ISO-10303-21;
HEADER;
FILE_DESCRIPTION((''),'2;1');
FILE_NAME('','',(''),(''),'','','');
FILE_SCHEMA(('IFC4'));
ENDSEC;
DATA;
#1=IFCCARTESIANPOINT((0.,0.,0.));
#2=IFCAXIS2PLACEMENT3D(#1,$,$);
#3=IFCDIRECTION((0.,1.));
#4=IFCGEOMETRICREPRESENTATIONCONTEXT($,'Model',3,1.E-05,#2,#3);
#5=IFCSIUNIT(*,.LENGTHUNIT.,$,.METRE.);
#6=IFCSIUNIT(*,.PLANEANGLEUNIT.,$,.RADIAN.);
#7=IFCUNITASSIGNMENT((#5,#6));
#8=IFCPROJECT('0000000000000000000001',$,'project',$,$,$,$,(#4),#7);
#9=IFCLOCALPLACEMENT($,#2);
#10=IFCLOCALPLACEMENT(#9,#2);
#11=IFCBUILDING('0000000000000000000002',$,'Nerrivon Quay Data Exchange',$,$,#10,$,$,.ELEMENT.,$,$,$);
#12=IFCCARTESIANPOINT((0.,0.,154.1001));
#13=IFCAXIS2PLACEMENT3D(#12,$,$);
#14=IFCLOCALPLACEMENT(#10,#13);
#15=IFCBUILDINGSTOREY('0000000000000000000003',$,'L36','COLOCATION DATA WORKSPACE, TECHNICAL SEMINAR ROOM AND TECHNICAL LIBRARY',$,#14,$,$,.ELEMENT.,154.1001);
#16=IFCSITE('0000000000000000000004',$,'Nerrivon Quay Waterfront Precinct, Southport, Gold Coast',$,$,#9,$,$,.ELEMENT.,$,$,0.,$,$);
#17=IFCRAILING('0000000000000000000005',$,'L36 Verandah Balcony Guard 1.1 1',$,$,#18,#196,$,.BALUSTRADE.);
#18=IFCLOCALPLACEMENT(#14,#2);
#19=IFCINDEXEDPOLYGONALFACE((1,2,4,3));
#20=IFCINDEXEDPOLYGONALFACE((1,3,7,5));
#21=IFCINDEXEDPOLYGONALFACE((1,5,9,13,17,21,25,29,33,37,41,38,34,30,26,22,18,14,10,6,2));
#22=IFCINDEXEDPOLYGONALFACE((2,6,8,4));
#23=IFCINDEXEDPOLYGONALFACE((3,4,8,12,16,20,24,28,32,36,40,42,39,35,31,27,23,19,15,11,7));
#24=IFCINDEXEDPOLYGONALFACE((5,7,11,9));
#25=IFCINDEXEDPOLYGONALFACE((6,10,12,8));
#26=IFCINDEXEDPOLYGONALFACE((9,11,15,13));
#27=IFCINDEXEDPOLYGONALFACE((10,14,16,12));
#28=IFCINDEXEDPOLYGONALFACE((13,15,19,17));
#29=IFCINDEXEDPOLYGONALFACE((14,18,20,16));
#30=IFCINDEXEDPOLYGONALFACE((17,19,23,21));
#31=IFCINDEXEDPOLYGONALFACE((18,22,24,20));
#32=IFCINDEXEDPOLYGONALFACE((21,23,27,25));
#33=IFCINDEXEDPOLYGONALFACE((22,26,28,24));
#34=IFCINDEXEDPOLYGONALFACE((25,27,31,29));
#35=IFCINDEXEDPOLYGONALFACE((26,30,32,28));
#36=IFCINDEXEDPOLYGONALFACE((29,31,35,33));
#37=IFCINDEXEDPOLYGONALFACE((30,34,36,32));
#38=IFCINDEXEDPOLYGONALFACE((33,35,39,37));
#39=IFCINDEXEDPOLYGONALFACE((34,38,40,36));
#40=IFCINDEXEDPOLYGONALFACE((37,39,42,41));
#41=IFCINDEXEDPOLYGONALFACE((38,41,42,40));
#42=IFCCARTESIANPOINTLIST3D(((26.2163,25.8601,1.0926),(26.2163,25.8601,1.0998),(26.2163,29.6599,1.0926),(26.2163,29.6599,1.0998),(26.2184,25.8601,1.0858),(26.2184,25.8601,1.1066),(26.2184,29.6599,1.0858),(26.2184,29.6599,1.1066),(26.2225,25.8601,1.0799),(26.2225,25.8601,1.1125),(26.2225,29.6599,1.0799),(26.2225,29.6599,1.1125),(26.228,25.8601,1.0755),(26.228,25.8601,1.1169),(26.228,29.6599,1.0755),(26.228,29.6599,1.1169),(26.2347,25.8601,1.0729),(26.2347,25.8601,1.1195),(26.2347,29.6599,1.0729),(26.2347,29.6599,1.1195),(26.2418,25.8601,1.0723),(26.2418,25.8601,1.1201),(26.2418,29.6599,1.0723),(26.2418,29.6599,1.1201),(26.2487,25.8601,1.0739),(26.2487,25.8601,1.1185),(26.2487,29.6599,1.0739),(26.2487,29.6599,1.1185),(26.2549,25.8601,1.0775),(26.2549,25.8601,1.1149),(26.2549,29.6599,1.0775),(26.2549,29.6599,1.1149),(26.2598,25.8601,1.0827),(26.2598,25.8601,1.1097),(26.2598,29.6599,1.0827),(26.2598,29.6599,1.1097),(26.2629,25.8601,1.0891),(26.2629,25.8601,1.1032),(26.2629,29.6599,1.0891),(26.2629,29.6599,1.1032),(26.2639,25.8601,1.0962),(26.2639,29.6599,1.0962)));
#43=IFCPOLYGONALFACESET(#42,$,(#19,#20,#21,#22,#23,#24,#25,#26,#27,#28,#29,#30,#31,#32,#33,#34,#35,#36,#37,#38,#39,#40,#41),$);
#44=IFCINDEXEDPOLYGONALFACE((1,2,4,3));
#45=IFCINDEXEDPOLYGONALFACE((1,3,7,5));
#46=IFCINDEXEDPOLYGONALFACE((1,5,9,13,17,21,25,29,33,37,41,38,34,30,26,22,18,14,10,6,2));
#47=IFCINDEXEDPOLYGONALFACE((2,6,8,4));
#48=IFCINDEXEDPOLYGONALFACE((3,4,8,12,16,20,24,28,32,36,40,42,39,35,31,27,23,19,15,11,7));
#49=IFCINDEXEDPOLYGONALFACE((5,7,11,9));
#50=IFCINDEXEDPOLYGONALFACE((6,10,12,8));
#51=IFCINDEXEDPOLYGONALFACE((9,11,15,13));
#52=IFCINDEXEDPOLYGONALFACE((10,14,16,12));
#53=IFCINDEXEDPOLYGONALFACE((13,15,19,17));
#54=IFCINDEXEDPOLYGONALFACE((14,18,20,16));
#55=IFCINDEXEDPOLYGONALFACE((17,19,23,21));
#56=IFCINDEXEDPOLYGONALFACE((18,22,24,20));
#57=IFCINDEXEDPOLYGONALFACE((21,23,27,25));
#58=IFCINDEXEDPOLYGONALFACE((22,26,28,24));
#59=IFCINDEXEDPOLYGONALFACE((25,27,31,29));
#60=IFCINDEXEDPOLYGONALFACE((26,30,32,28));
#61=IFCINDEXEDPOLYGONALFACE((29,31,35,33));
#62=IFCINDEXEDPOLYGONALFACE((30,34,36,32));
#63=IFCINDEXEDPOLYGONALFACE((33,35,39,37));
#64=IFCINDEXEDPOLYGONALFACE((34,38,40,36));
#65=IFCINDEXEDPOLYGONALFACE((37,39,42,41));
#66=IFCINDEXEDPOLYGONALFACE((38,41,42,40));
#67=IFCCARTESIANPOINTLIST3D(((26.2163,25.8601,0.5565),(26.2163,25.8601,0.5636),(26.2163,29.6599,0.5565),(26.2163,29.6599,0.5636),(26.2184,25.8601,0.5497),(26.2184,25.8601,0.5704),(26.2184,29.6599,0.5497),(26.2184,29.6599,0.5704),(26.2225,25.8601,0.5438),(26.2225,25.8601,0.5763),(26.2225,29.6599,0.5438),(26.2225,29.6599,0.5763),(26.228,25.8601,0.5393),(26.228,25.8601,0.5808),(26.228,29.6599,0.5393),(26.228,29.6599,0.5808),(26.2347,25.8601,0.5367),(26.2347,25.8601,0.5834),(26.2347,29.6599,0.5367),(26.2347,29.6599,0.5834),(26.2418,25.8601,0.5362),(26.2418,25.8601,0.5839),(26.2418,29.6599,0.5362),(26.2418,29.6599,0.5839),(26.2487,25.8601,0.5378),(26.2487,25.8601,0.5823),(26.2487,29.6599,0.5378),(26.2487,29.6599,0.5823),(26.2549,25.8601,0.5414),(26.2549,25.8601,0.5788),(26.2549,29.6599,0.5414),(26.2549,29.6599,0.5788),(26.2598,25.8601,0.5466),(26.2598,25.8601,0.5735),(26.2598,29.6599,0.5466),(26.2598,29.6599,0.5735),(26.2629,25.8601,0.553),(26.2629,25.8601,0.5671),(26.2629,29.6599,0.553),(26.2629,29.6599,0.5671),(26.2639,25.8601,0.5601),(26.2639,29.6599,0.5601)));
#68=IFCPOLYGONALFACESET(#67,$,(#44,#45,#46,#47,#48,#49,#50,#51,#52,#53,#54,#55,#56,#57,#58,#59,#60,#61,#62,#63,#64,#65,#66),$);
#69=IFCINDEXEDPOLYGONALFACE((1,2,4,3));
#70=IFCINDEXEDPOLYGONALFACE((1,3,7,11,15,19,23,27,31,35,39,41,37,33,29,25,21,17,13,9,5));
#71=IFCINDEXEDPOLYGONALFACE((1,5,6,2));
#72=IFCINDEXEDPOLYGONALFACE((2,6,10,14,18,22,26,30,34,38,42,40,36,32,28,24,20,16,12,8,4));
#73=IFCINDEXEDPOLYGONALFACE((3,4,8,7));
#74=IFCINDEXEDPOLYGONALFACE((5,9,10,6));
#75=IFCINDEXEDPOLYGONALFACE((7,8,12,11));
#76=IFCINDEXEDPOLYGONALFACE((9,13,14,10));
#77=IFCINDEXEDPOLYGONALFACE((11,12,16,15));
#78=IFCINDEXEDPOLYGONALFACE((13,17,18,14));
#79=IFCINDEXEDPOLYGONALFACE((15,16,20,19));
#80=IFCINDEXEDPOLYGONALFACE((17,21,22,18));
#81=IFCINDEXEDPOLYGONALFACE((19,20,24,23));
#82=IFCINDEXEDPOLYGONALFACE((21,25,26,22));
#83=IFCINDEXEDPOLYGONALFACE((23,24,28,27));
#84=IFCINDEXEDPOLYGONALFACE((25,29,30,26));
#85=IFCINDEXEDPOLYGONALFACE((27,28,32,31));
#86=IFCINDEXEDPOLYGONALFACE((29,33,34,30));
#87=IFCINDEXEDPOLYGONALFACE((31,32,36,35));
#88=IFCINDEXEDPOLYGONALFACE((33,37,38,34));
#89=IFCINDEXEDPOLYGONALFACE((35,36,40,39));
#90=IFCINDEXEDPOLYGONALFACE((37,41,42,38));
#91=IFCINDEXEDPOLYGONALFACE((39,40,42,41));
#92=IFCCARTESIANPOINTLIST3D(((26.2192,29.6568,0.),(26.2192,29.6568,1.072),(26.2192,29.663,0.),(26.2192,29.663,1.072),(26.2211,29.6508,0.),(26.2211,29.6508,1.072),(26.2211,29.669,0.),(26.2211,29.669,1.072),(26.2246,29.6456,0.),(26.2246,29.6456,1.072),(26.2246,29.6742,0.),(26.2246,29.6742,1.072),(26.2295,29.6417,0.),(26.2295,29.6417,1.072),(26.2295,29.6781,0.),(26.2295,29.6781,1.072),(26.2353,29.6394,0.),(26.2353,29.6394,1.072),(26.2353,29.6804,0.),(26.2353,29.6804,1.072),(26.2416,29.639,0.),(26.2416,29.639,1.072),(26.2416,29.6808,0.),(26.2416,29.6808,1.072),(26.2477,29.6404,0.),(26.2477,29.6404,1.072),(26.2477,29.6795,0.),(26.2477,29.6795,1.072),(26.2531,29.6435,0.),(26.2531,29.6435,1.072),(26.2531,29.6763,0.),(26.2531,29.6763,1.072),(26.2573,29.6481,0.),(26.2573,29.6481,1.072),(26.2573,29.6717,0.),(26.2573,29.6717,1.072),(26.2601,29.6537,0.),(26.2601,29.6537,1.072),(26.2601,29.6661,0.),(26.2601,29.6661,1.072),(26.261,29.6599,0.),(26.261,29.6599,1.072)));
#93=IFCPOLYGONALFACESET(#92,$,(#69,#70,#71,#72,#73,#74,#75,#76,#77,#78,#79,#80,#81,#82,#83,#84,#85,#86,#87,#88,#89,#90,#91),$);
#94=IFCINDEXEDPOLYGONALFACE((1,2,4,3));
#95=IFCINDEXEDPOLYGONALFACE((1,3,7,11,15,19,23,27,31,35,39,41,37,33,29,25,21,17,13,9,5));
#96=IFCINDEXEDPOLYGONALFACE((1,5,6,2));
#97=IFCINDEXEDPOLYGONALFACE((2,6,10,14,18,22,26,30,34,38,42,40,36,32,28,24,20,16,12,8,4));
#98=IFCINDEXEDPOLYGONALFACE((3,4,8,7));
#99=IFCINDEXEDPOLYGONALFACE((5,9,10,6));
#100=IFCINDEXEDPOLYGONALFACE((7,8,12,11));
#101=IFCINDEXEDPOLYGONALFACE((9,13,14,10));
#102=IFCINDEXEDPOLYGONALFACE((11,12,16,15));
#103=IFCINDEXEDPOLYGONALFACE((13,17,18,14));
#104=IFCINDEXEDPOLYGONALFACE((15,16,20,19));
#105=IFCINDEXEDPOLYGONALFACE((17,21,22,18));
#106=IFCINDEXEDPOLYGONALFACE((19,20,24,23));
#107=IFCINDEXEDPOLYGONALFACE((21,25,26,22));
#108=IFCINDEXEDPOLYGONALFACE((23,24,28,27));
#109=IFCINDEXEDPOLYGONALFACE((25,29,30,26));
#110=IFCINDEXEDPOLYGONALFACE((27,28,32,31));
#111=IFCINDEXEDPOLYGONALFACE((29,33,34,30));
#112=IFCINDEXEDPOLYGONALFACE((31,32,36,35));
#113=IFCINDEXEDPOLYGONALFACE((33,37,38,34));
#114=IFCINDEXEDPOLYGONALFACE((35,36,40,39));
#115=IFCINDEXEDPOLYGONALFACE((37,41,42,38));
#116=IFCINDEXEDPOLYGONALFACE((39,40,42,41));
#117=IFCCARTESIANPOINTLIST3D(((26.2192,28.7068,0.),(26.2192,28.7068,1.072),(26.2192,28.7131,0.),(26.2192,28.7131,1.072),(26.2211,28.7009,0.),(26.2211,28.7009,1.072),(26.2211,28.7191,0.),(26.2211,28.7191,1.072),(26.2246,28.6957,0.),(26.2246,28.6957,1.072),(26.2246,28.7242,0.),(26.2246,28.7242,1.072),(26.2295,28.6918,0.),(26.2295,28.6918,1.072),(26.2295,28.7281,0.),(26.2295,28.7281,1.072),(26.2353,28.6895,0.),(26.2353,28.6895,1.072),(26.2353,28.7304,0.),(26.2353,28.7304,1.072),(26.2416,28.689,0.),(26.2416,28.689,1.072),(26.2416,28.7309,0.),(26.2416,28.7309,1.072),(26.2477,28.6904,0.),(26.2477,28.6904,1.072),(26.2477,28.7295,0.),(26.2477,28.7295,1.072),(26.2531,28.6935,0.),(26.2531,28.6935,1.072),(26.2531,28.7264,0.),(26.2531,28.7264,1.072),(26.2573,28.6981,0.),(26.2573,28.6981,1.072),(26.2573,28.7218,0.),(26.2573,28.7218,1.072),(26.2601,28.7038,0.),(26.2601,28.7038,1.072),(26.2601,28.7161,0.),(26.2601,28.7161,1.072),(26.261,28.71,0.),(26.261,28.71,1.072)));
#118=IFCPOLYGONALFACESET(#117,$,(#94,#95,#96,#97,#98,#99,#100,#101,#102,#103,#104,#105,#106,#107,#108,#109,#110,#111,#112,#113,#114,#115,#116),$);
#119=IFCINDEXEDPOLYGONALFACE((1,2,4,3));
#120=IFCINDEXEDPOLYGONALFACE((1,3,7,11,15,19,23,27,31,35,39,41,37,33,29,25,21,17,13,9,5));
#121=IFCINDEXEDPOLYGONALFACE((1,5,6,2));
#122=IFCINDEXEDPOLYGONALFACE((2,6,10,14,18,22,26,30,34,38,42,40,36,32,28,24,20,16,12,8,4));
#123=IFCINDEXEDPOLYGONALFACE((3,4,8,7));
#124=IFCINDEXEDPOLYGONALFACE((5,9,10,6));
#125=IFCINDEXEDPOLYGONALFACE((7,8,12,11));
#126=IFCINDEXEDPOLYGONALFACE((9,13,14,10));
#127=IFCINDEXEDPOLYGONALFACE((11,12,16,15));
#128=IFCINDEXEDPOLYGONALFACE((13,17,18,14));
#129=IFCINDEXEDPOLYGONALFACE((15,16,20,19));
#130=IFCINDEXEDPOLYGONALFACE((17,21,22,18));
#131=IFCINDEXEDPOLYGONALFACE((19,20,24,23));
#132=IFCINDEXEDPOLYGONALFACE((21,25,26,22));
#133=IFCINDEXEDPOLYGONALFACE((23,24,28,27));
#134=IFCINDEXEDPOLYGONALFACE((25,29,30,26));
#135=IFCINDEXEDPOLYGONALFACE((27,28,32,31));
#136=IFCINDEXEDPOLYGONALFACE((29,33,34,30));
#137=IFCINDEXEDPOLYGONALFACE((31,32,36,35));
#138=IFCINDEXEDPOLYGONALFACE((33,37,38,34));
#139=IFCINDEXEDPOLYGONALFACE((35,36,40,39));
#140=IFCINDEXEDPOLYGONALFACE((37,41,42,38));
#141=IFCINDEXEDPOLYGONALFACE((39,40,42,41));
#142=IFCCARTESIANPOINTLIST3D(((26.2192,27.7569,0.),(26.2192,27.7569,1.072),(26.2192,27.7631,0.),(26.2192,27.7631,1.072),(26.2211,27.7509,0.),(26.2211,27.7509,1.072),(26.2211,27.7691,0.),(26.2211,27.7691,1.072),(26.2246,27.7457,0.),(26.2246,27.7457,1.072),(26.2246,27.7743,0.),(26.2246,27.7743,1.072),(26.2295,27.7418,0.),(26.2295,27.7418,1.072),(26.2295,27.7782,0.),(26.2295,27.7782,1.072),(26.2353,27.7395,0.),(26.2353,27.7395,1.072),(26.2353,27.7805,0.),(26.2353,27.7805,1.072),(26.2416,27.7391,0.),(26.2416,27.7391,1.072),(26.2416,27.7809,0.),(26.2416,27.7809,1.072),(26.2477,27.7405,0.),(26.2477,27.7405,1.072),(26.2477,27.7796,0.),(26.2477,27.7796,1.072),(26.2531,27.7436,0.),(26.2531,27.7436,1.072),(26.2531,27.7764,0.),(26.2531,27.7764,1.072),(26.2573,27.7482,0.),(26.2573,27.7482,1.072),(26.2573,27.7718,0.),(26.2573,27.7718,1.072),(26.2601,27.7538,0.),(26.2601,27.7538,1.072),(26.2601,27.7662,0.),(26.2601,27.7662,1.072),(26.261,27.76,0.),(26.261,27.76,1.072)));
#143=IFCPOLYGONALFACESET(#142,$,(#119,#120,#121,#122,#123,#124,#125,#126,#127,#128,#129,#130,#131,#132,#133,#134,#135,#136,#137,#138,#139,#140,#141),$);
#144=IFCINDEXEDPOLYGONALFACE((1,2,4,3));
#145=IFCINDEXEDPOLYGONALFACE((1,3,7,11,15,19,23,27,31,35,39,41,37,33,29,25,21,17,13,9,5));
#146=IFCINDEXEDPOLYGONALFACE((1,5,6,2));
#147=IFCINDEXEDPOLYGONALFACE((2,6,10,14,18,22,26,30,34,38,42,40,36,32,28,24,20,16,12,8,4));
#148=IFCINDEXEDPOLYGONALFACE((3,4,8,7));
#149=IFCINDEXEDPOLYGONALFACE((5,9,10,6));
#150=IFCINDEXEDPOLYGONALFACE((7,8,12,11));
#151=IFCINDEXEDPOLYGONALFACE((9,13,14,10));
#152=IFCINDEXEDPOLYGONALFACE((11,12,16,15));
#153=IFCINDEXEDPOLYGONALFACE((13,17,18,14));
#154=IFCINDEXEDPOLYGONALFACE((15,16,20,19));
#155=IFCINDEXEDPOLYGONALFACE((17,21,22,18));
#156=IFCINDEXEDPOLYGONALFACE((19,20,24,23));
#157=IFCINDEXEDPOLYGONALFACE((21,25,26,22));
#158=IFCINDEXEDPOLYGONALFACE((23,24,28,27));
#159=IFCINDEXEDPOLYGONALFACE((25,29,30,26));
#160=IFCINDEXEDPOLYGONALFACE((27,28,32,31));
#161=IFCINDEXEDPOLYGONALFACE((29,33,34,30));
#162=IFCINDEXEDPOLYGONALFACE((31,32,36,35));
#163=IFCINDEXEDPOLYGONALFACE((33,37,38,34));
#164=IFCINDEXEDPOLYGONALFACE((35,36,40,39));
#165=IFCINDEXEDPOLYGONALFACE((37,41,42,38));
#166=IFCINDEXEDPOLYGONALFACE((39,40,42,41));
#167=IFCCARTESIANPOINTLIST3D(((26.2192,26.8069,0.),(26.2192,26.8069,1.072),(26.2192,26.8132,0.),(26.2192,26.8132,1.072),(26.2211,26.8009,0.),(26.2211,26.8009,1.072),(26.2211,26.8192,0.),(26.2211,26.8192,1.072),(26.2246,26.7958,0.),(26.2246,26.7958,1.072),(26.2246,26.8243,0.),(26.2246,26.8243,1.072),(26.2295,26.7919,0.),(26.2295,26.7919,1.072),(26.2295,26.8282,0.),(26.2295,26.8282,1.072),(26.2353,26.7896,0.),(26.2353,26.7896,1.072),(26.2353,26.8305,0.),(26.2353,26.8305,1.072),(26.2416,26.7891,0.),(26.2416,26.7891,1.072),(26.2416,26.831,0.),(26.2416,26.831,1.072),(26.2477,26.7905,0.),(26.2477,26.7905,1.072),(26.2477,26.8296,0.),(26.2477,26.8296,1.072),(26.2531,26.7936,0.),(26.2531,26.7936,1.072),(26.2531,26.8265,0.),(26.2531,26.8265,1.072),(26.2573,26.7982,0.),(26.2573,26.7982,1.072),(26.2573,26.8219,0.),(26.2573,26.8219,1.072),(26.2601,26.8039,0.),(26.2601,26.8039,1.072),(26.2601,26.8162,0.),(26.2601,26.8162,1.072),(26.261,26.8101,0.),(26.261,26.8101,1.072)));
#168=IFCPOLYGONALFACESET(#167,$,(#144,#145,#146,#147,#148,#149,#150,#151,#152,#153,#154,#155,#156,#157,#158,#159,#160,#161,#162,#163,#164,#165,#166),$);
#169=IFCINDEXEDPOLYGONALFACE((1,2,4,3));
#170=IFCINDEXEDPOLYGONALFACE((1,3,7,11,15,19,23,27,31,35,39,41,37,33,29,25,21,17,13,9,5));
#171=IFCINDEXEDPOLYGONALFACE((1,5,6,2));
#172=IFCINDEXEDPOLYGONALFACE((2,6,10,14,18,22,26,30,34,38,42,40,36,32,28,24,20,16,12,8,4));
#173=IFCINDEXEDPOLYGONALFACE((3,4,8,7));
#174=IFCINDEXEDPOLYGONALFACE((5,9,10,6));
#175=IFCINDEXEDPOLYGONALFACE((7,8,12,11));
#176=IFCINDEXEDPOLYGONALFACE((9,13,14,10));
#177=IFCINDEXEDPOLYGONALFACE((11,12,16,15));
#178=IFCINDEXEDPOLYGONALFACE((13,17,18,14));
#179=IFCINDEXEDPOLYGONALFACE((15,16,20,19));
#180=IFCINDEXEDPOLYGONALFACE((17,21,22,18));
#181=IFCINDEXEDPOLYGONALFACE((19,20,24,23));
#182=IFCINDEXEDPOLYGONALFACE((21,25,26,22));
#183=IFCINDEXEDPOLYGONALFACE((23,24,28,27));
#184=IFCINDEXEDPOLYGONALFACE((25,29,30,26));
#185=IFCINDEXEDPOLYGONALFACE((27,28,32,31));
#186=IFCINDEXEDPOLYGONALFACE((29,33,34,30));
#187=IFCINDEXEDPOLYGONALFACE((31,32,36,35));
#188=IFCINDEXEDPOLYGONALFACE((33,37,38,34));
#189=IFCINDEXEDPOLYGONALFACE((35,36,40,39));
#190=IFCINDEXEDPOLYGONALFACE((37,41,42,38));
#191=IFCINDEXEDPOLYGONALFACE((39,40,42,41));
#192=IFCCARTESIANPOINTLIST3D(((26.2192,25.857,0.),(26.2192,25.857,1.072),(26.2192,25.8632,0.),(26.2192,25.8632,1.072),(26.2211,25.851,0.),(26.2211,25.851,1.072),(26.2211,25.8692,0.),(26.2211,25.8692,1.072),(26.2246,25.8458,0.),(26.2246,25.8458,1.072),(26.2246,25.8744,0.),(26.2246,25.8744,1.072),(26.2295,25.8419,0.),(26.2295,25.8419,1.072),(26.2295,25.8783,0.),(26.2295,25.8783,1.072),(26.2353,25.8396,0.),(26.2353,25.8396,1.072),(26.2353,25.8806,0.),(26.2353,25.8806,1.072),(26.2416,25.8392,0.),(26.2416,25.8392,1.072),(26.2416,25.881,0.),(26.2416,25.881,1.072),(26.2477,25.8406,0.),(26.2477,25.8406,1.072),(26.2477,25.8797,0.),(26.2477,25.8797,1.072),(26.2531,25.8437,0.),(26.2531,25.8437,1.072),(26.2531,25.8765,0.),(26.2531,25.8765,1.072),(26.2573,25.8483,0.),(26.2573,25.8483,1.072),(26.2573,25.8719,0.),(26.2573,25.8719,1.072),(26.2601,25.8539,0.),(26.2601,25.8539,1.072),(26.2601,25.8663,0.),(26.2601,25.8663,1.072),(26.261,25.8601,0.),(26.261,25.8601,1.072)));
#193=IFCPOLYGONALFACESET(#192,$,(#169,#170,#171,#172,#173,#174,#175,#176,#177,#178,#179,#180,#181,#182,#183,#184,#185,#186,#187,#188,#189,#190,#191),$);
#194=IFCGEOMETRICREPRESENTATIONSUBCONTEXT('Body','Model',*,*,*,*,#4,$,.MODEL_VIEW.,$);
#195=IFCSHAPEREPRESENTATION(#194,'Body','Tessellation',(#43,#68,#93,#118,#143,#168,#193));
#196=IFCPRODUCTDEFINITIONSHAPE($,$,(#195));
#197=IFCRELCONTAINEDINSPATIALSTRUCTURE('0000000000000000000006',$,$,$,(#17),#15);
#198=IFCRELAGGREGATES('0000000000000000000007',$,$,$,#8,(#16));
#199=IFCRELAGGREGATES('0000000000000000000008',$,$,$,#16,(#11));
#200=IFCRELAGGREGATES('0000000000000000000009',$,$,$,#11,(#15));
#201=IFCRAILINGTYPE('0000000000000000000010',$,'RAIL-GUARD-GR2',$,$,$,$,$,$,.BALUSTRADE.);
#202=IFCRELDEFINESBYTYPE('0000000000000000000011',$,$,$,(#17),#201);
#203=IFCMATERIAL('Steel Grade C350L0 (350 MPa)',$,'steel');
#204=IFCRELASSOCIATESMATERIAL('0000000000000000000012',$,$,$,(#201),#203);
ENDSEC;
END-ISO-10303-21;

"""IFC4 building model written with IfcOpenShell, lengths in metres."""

from ifc_helpers import new_model, si_unit, direction, frame, origin, origin_2d, place, context, subcontext, project, spatial, circle, extrude, material, type_object, element, save


model = new_model("IFC4")

# Units and contexts
model_context = context("Model", 3, precision=1e-05, world=origin(), true_north=direction((0.0, 1.0)))
body_context = subcontext(model_context, "Body", "Model", "MODEL_VIEW")
ifc_project = project(units=[si_unit("LENGTHUNIT", "METRE"), si_unit("PLANEANGLEUNIT", "RADIAN")], contexts=[model_context])

# Site, building, storey
site_placement = place(None, origin())
site = spatial("IfcSite", under=ifc_project, at=site_placement, Name="Nerrivon Quay Waterfront Precinct, Southport, Gold Coast", CompositionType="ELEMENT", RefElevation=0.0)
building_placement = place(site_placement, origin())
building = spatial("IfcBuilding", under=site, at=building_placement, Name="Nerrivon Quay Data Exchange", CompositionType="ELEMENT")
storey_placement = place(building_placement, frame((0.0, 0.0, 154.1001)))
storey = spatial("IfcBuildingStorey", under=building, at=storey_placement, Name="L36", Description="COLOCATION DATA WORKSPACE, TECHNICAL SEMINAR ROOM AND TECHNICAL LIBRARY", CompositionType="ELEMENT", Elevation=154.1001)

# Railing
ifc_material_1 = material(Name="Steel Grade C350L0 (350 MPa)", Category="steel")
railing_type = type_object("IfcRailingType", Name="RAIL-GUARD-GR2", PredefinedType="BALUSTRADE", material=ifc_material_1)
railing_1_placement = place(storey_placement, frame((26.24, 29.6599, 0.0)))
element("IfcRailing", 1, at=railing_1_placement, inside=storey, type_object=railing_type, Name="L36 Verandah Balcony Guard 1.1 1", PredefinedType="BALUSTRADE", context=body_context, shape_type="SweptSolid", body=[
    extrude(circle(Radius=0.0239, at=origin_2d()), frame((0.0, 0.0, 1.0962), z_axis=(0.0, -1.0, 0.0), x_axis=(1.0, 0.0, 0.0)), (0.0, 0.0, 1.0), 3.7998),
    extrude(circle(Radius=0.0239, at=origin_2d()), frame((0.0, 0.0, 0.5601), z_axis=(0.0, -1.0, 0.0), x_axis=(1.0, 0.0, 0.0)), (0.0, 0.0, 1.0), 3.7998),
    extrude(circle(Radius=0.021, at=origin_2d()), origin(), (0.0, 0.0, 1.0), 1.072),
    extrude(circle(Radius=0.021, at=origin_2d()), frame((0.0, -0.95, 0.0)), (0.0, 0.0, 1.0), 1.072),
    extrude(circle(Radius=0.021, at=origin_2d()), frame((0.0, -1.8999, 0.0)), (0.0, 0.0, 1.0), 1.072),
    extrude(circle(Radius=0.021, at=origin_2d()), frame((0.0, -2.8499, 0.0)), (0.0, 0.0, 1.0), 1.072),
    extrude(circle(Radius=0.021, at=origin_2d()), frame((0.0, -3.7998, 0.0)), (0.0, 0.0, 1.0), 1.072),
])

save(model, "model.ifc")
